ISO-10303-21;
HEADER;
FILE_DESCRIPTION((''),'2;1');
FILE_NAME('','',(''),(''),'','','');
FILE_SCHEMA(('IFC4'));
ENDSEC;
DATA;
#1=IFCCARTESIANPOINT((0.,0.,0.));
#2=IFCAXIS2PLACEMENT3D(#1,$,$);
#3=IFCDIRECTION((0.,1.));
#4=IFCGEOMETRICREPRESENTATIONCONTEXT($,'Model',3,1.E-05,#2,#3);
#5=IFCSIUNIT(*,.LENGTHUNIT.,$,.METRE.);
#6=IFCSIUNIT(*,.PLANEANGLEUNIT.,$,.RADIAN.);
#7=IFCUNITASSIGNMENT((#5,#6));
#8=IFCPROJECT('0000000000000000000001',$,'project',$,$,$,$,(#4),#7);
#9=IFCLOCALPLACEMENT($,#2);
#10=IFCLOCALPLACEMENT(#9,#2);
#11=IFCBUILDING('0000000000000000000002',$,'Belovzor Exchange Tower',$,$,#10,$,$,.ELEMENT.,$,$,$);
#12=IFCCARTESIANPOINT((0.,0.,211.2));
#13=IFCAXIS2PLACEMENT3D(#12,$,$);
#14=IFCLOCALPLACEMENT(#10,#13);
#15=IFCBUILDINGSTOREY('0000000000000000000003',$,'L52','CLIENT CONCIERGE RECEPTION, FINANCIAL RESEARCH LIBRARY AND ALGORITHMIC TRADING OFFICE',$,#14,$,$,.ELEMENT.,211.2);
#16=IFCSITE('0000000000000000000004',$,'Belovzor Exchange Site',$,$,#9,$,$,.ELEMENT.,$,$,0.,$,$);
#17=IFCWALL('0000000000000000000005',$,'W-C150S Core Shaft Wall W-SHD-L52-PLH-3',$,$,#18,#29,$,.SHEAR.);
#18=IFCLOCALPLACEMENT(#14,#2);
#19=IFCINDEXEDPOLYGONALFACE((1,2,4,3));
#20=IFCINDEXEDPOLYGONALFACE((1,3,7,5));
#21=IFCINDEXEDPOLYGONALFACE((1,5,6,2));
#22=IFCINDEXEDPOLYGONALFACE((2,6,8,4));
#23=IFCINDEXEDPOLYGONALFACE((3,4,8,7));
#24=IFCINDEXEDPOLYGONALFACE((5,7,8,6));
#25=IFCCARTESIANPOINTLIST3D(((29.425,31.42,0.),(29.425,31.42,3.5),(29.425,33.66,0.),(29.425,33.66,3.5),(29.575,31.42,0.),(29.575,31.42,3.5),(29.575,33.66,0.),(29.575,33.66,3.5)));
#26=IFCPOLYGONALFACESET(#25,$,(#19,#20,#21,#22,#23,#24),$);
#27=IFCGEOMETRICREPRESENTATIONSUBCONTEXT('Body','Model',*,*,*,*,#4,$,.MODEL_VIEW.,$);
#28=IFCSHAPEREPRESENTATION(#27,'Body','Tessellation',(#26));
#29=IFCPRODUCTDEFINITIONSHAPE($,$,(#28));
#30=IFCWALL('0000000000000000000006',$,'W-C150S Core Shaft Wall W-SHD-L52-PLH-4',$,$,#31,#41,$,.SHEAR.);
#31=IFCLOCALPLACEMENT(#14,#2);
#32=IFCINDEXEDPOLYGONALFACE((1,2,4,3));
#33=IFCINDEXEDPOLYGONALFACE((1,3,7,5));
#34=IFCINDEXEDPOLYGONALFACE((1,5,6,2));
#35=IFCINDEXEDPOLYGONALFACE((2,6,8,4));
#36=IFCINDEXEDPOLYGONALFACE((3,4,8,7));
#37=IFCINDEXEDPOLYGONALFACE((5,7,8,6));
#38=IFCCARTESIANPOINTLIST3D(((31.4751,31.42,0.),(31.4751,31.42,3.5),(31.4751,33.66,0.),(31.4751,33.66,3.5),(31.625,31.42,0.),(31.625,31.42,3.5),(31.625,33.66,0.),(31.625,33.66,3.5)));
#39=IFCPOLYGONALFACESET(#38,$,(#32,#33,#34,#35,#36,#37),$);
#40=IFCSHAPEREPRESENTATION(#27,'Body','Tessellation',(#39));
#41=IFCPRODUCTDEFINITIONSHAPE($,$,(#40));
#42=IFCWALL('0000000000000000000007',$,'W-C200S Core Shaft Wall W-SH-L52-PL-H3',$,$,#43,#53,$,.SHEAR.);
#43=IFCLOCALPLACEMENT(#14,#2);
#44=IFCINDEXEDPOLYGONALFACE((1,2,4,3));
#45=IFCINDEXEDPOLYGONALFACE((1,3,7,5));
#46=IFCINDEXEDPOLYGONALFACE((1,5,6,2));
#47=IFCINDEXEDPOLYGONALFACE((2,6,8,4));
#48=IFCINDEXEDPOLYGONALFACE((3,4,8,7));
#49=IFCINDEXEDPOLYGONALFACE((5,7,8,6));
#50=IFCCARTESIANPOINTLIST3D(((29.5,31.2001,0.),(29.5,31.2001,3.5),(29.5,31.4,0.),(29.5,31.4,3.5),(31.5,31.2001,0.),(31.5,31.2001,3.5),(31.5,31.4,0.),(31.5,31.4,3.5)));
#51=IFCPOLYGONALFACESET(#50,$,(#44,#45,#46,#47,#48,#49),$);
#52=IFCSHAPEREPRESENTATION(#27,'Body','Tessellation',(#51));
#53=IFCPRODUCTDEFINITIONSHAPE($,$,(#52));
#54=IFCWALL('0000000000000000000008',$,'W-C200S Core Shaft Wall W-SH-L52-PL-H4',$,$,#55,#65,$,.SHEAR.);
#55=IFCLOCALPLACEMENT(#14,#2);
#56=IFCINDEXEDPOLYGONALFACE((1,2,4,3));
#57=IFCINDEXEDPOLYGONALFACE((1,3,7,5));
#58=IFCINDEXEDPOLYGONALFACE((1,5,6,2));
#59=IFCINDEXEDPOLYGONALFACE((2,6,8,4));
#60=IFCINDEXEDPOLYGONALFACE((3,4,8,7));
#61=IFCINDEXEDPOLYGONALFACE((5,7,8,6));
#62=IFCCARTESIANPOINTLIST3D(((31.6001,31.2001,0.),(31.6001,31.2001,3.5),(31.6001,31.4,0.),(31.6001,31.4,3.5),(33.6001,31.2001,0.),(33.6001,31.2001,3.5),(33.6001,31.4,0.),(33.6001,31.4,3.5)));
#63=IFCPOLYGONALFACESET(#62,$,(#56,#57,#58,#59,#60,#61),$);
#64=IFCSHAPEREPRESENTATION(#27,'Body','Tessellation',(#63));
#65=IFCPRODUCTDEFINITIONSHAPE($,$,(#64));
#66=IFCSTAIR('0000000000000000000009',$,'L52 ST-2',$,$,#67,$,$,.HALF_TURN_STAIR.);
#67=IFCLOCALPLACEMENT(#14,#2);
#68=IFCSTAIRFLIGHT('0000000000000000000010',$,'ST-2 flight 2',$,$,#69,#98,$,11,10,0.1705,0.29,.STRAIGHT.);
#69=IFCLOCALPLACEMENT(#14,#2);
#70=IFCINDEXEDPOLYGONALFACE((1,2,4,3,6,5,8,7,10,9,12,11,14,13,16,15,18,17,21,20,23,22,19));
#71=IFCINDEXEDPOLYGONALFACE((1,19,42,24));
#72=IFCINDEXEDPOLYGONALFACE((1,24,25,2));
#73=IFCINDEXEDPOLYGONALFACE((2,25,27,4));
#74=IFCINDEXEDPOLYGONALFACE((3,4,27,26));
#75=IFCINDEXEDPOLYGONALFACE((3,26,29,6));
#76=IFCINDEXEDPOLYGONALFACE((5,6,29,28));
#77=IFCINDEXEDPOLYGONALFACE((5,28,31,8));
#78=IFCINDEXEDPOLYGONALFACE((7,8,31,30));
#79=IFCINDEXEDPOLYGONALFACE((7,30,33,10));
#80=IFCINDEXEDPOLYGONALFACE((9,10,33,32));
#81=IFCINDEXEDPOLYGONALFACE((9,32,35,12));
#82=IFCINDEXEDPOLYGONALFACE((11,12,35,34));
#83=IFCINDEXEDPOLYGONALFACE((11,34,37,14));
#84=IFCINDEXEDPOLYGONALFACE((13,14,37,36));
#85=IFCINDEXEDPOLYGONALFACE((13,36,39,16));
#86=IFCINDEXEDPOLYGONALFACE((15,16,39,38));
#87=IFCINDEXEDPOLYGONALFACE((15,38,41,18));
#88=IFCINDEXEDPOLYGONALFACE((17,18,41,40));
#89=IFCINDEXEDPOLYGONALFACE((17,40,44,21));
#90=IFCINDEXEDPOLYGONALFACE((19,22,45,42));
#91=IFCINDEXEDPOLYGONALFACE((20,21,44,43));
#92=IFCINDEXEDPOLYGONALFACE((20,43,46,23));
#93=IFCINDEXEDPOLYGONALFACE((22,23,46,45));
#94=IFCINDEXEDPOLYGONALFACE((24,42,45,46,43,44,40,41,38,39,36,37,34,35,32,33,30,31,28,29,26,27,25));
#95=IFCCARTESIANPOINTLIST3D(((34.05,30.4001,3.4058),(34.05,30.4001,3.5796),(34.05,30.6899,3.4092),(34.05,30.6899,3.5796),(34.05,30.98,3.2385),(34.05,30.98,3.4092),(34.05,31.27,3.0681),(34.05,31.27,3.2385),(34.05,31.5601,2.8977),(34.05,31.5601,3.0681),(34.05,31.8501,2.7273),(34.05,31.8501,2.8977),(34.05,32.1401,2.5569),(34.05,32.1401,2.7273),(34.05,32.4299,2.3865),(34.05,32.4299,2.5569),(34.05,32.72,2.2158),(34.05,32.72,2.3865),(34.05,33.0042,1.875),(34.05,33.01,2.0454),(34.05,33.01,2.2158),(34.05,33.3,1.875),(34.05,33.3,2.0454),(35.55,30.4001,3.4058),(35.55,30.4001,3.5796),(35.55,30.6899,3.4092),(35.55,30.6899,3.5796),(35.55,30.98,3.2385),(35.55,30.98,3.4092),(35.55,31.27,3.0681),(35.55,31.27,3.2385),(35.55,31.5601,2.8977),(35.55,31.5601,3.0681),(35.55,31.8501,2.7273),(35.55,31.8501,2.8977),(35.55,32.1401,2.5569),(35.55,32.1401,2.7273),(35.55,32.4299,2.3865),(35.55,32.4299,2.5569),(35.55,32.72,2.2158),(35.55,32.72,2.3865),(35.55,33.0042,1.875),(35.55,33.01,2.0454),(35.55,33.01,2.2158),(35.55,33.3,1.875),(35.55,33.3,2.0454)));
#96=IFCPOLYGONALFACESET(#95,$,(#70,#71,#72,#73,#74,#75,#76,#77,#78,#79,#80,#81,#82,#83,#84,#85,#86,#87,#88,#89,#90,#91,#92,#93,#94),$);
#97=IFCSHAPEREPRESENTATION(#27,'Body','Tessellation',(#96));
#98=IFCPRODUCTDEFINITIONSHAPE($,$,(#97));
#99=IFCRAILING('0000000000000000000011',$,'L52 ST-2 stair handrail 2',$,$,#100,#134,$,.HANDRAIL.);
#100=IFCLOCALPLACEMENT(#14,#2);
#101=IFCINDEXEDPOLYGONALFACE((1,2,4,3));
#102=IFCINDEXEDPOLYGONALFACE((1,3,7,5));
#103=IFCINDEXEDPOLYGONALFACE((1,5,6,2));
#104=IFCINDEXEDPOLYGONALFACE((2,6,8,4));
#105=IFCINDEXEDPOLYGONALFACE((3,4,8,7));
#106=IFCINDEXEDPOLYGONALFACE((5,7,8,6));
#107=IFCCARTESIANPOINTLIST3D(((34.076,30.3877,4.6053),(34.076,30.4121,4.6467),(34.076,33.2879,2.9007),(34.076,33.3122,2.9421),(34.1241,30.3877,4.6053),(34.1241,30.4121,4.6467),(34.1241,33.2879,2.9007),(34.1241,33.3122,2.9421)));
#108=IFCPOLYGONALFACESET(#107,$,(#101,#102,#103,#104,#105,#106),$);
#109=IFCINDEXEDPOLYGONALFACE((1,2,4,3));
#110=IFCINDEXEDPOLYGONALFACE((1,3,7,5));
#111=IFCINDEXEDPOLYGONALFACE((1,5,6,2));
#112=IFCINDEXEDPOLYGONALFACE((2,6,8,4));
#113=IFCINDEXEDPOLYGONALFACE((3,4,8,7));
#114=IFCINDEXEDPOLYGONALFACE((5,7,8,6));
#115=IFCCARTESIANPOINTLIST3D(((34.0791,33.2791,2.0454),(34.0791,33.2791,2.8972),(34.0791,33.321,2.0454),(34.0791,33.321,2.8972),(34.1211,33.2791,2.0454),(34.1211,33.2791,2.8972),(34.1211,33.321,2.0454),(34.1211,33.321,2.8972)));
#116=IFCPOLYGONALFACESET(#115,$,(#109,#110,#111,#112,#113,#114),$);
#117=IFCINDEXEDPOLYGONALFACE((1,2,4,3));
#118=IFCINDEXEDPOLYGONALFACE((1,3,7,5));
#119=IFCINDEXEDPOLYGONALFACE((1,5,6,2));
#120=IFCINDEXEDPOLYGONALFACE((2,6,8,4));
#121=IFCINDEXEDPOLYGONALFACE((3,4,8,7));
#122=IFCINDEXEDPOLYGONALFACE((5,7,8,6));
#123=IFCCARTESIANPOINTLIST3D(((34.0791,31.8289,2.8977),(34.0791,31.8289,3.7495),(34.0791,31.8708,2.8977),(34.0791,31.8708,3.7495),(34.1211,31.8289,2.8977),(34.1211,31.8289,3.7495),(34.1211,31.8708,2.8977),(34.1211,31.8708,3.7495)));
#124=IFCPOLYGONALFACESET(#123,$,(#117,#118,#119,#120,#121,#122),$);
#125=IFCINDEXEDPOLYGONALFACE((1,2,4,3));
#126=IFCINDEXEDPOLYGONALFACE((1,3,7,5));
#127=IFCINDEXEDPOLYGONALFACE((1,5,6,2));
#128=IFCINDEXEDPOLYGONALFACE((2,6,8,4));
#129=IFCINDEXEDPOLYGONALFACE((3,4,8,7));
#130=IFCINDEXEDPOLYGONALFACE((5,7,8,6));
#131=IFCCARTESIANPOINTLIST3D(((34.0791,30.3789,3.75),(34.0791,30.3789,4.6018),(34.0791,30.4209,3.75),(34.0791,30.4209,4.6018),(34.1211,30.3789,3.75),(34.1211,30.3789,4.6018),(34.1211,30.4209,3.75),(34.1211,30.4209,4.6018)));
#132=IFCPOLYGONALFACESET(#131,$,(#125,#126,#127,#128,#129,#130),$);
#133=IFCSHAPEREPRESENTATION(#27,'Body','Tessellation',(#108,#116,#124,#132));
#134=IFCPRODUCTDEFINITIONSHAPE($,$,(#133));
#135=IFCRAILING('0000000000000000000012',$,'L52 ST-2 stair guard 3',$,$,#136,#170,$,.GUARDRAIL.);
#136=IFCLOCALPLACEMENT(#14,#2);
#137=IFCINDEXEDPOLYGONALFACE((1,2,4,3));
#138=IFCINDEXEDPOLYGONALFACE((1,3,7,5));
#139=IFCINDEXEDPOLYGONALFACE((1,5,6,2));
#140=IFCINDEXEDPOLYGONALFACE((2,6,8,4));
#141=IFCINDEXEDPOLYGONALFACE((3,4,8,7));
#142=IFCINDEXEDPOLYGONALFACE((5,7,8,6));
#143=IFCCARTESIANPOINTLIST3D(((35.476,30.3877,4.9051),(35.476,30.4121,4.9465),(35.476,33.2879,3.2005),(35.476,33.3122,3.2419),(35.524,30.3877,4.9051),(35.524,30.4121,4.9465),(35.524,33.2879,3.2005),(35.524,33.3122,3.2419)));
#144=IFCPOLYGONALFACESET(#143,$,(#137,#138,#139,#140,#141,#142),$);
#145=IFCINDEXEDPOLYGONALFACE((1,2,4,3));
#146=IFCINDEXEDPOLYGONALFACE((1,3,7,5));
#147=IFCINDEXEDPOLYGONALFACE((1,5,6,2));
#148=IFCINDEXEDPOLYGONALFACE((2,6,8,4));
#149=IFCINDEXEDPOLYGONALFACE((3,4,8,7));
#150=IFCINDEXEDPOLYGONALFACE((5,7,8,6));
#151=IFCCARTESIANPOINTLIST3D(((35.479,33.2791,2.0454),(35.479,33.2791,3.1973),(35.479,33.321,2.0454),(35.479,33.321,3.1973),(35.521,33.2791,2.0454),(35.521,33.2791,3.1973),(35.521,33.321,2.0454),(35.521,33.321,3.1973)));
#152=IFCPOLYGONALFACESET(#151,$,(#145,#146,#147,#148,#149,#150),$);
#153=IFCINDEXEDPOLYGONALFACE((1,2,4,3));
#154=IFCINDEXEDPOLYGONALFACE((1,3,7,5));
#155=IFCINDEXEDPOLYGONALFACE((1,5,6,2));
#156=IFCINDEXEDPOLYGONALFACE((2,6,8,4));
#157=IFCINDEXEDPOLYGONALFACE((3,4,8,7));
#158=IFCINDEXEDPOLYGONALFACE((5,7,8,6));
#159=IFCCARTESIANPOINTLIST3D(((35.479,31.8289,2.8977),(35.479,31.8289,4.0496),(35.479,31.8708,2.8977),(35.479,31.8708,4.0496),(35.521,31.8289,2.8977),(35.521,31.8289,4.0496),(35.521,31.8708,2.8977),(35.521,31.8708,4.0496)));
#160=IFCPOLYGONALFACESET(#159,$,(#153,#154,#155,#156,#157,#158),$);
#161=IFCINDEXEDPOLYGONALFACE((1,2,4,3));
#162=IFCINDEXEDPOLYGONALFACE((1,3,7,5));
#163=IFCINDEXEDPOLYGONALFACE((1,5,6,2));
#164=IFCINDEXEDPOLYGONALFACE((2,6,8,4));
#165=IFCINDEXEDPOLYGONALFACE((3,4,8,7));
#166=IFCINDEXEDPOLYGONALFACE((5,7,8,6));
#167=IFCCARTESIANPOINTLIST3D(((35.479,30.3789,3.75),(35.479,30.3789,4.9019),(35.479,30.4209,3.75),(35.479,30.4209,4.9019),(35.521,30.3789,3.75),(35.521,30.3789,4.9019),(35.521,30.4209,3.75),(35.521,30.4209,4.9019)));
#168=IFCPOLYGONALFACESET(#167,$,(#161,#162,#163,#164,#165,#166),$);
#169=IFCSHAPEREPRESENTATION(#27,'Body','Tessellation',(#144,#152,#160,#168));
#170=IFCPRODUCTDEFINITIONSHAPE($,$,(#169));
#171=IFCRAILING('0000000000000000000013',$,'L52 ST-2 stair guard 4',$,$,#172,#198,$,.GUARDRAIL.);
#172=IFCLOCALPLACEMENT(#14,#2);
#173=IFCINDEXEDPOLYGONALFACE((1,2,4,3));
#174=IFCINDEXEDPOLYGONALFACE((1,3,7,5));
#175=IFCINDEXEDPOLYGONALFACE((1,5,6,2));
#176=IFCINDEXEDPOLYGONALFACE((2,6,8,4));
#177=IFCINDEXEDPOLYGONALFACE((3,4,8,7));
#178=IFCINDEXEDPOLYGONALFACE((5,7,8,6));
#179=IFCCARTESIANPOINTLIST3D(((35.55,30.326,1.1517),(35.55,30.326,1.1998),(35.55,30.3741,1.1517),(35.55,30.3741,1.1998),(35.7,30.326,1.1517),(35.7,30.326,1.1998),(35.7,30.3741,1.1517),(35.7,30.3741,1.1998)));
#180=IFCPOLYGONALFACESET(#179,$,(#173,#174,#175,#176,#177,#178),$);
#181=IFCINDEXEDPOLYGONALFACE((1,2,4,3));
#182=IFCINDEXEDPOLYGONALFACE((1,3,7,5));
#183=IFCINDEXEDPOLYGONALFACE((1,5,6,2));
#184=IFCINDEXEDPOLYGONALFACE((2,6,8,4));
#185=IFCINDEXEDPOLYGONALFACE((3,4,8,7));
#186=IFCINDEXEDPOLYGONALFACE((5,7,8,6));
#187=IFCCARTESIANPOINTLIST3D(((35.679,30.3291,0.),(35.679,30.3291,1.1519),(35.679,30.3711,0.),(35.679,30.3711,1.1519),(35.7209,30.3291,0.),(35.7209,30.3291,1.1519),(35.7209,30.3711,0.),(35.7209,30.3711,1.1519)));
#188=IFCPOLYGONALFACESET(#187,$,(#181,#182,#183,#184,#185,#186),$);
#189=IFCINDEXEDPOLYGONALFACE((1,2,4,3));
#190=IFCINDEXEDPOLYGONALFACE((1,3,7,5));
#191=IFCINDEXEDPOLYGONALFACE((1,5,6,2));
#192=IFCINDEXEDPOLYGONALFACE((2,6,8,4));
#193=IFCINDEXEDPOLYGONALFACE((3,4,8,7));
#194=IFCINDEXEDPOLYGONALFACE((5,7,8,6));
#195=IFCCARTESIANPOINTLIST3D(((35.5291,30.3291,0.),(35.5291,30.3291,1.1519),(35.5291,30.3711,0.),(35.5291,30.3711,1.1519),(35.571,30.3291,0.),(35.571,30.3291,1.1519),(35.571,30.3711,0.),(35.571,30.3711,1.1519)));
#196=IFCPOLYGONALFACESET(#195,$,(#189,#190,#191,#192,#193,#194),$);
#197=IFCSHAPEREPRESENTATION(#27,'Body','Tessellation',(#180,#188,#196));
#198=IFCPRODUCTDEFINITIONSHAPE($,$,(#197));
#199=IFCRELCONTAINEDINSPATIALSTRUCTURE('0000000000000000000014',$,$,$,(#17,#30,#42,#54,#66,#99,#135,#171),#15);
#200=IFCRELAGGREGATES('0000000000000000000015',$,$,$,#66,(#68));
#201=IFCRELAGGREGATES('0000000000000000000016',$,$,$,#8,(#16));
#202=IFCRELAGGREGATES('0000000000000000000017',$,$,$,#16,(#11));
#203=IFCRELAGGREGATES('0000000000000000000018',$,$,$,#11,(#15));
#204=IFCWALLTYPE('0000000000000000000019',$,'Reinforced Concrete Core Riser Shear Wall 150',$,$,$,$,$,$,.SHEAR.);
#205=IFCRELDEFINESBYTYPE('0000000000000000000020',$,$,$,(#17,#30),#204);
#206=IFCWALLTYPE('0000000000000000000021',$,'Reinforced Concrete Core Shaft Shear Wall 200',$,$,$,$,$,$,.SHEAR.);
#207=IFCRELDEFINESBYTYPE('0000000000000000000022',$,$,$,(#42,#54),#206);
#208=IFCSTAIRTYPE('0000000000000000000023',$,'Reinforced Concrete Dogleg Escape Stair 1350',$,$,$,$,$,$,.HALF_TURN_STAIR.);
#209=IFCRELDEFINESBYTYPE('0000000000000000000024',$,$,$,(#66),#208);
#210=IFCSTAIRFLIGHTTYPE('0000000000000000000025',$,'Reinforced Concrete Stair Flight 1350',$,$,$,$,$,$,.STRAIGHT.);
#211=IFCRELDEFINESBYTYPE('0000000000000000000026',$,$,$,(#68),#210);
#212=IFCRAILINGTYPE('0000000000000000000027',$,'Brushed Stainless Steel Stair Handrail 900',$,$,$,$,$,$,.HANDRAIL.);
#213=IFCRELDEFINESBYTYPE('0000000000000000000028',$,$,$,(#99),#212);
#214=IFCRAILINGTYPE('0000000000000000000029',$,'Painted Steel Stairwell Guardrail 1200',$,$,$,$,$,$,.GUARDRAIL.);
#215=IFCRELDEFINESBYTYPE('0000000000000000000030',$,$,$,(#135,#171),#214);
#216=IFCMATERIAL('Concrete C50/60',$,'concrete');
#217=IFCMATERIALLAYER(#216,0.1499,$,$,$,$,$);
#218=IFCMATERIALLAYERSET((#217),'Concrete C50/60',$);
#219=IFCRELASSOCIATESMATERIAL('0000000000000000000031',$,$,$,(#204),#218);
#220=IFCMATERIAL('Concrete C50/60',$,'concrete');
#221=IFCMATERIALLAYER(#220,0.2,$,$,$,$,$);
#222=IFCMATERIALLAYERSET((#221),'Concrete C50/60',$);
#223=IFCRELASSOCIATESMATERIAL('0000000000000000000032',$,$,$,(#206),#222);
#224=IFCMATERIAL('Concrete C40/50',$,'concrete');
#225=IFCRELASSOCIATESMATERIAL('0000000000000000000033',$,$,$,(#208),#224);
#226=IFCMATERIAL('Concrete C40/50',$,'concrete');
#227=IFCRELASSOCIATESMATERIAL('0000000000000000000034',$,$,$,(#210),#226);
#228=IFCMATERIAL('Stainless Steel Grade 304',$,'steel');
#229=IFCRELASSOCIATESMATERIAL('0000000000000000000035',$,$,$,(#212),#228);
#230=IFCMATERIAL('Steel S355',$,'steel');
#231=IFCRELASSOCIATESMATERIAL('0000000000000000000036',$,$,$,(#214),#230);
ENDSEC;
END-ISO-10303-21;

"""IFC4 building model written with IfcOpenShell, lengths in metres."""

from ifc_helpers import new_model, si_unit, direction, frame, frame_2d, origin, origin_2d, place, context, subcontext, project, spatial, polyline, rectangle, outline, extrude, material, layer, layer_set, type_object, element, aggregate, save


model = new_model("IFC4")

# Units and contexts
model_context = context("Model", 3, precision=1e-05, world=origin(), true_north=direction((0.0, 1.0)))
body_context = subcontext(model_context, "Body", "Model", "MODEL_VIEW")
ifc_project = project(units=[si_unit("LENGTHUNIT", "METRE"), si_unit("PLANEANGLEUNIT", "RADIAN")], contexts=[model_context])

# Site, building, storey
site_placement = place(None, origin())
site = spatial("IfcSite", under=ifc_project, at=site_placement, Name="Belovzor Exchange Site", CompositionType="ELEMENT", RefElevation=0.0)
building_placement = place(site_placement, origin())
building = spatial("IfcBuilding", under=site, at=building_placement, Name="Belovzor Exchange Tower", CompositionType="ELEMENT")
storey_placement = place(building_placement, frame((0.0, 0.0, 211.2)))
storey = spatial("IfcBuildingStorey", under=building, at=storey_placement, Name="L52", Description="CLIENT CONCIERGE RECEPTION, FINANCIAL RESEARCH LIBRARY AND ALGORITHMIC TRADING OFFICE", CompositionType="ELEMENT", Elevation=211.2)

# Walls
ifc_material_1 = material(Name="Concrete C50/60", Category="concrete")
ifc_layer_1 = layer(ifc_material_1, 0.1499)
ifc_layer_set_1 = layer_set([ifc_layer_1], Name="Concrete C50/60")
wall_type_1 = type_object("IfcWallType", Name="Reinforced Concrete Core Riser Shear Wall 150", PredefinedType="SHEAR", material=ifc_layer_set_1)
for number, where, z_axis, x_axis, name in (
    (1, (29.5, 31.4199, 0.0), (0.0, 0.0, 1.0), (0.0, 1.0, 0.0), "W-C150S Core Shaft Wall W-SHD-L52-PLH-3"),
    (2, (31.55, 31.4199, 0.0), (0.0, 0.0, 1.0), (0.0, 1.0, 0.0), "W-C150S Core Shaft Wall W-SHD-L52-PLH-4"),
):
    element("IfcWall", number, at=place(storey_placement, frame(where, z_axis=z_axis, x_axis=x_axis)), inside=storey, type_object=wall_type_1, Name=name, PredefinedType="SHEAR", context=body_context, shape_type="SweptSolid", body=[
        extrude(rectangle(XDim=2.24, YDim=0.1499, at=frame_2d((1.1201, 0.0))), origin(), (0.0, 0.0, 1.0), 3.5),
    ])
ifc_material_2 = material(Name="Concrete C50/60", Category="concrete")
ifc_layer_2 = layer(ifc_material_2, 0.2)
ifc_layer_set_2 = layer_set([ifc_layer_2], Name="Concrete C50/60")
wall_type_2 = type_object("IfcWallType", Name="Reinforced Concrete Core Shaft Shear Wall 200", PredefinedType="SHEAR", material=ifc_layer_set_2)
for number, where, z_axis, x_axis, name in (
    (3, (29.5, 31.3, 0.0), (0.0, 0.0, 1.0), (1.0, 0.0, 0.0), "W-C200S Core Shaft Wall W-SH-L52-PL-H3"),
    (4, (31.6001, 31.3, 0.0), (0.0, 0.0, 1.0), (1.0, 0.0, 0.0), "W-C200S Core Shaft Wall W-SH-L52-PL-H4"),
):
    element("IfcWall", number, at=place(storey_placement, frame(where, z_axis=z_axis, x_axis=x_axis)), inside=storey, type_object=wall_type_2, Name=name, PredefinedType="SHEAR", context=body_context, shape_type="SweptSolid", body=[
        extrude(rectangle(XDim=2.0, YDim=0.2, at=frame_2d((1.0, 0.0))), origin(), (0.0, 0.0, 1.0), 3.5),
    ])

# Stair, stair flight
ifc_material_3 = material(Name="Concrete C40/50", Category="concrete")
stair_type = type_object("IfcStairType", Name="Reinforced Concrete Dogleg Escape Stair 1350", PredefinedType="HALF_TURN_STAIR", material=ifc_material_3)
stair_placement = place(storey_placement, origin())
stair = element("IfcStair", 5, at=stair_placement, inside=storey, type_object=stair_type, Name="L52 ST-2", PredefinedType="HALF_TURN_STAIR")
ifc_material_4 = material(Name="Concrete C40/50", Category="concrete")
stair_flight_type = type_object("IfcStairFlightType", Name="Reinforced Concrete Stair Flight 1350", PredefinedType="STRAIGHT", material=ifc_material_4)
stair_flight_placement = place(storey_placement, frame((34.8, 33.3, 1.875), z_axis=(0.0, 0.0, 1.0), x_axis=(0.0, -1.0, 0.0)))
stair_flight = element("IfcStairFlight", 6, at=stair_flight_placement, type_object=stair_flight_type, Name="ST-2 flight 2", NumberOfRisers=11, NumberOfTreads=10, PredefinedType="STRAIGHT", RiserHeight=0.1705, TreadLength=0.29, context=body_context, shape_type="SweptSolid", body=[
    extrude(outline(polyline([(0.0, 0.0), (0.0, 0.1704), (0.29, 0.1704), (0.29, 0.3408), (0.5801, 0.3408), (0.5801, 0.5115), (0.8701, 0.5115), (0.8701, 0.6819), (1.1599, 0.6819), (1.1599, 0.8523), (1.45, 0.8523), (1.45, 1.0227), (1.74, 1.0227), (1.74, 1.1931), (2.03, 1.1931), (2.03, 1.3635), (2.3201, 1.3635), (2.3201, 1.5342), (2.6101, 1.5342), (2.6101, 1.7046), (2.8999, 1.7046), (2.8999, 1.875), (2.8999, 1.5308), (0.2959, 0.0), (0.0, 0.0)])), frame((0.0, 0.75, 0.0), z_axis=(0.0, -1.0, 0.0), x_axis=(1.0, 0.0, 0.0)), (0.0, 0.0, 1.0), 1.5),
])
aggregate(stair, [stair_flight])

# Railings
ifc_material_5 = material(Name="Stainless Steel Grade 304", Category="steel")
railing_type_1 = type_object("IfcRailingType", Name="Brushed Stainless Steel Stair Handrail 900", PredefinedType="HANDRAIL", material=ifc_material_5)
railing_1_placement = place(storey_placement, frame((34.1001, 33.3, 2.0454)))
element("IfcRailing", 7, at=railing_1_placement, inside=storey, type_object=railing_type_1, Name="L52 ST-2 stair handrail 2", PredefinedType="HANDRAIL", context=body_context, shape_type="SweptSolid", body=[
    extrude(rectangle(XDim=0.0481, YDim=0.0481, at=origin_2d()), frame((0.0, 0.0, 0.876), z_axis=(0.0, -0.862113, 0.506716), x_axis=(1.0, 0.0, 0.0)), (0.0, 0.0, 1.0), 3.364),
    extrude(rectangle(XDim=0.042, YDim=0.042, at=origin_2d()), origin(), (0.0, 0.0, 1.0), 0.8518),
    extrude(rectangle(XDim=0.042, YDim=0.042, at=origin_2d()), frame((0.0, -1.4502, 0.8523)), (0.0, 0.0, 1.0), 0.8518),
    extrude(rectangle(XDim=0.042, YDim=0.042, at=origin_2d()), frame((0.0, -2.9001, 1.7046)), (0.0, 0.0, 1.0), 0.8518),
])
ifc_material_6 = material(Name="Steel S355", Category="steel")
railing_type_2 = type_object("IfcRailingType", Name="Painted Steel Stairwell Guardrail 1200", PredefinedType="GUARDRAIL", material=ifc_material_6)
railing_2_placement = place(storey_placement, frame((35.5, 33.3, 2.0454)))
element("IfcRailing", 8, at=railing_2_placement, inside=storey, type_object=railing_type_2, Name="L52 ST-2 stair guard 3", PredefinedType="GUARDRAIL", context=body_context, shape_type="SweptSolid", body=[
    extrude(rectangle(XDim=0.0481, YDim=0.0481, at=origin_2d()), frame((0.0, 0.0, 1.1758), z_axis=(0.0, -0.862113, 0.506716), x_axis=(1.0, 0.0, 0.0)), (0.0, 0.0, 1.0), 3.364),
    extrude(rectangle(XDim=0.042, YDim=0.042, at=origin_2d()), origin(), (0.0, 0.0, 1.0), 1.1519),
    extrude(rectangle(XDim=0.042, YDim=0.042, at=origin_2d()), frame((0.0, -1.4502, 0.8523)), (0.0, 0.0, 1.0), 1.1519),
    extrude(rectangle(XDim=0.042, YDim=0.042, at=origin_2d()), frame((0.0, -2.9001, 1.7046)), (0.0, 0.0, 1.0), 1.1519),
])
railing_3_placement = place(storey_placement, frame((35.7, 30.3501, 0.0)))
element("IfcRailing", 9, at=railing_3_placement, inside=storey, type_object=railing_type_2, Name="L52 ST-2 stair guard 4", PredefinedType="GUARDRAIL", context=body_context, shape_type="SweptSolid", body=[
    extrude(rectangle(XDim=0.0481, YDim=0.0481, at=origin_2d()), frame((0.0, 0.0, 1.1758), z_axis=(-1.0, 0.0, 0.0), x_axis=(0.0, -1.0, 0.0)), (0.0, 0.0, 1.0), 0.1499),
    extrude(rectangle(XDim=0.042, YDim=0.042, at=origin_2d()), origin(), (0.0, 0.0, 1.0), 1.1519),
    extrude(rectangle(XDim=0.042, YDim=0.042, at=origin_2d()), frame((-0.1499, 0.0, 0.0)), (0.0, 0.0, 1.0), 1.1519),
])

save(model, "model.ifc")
